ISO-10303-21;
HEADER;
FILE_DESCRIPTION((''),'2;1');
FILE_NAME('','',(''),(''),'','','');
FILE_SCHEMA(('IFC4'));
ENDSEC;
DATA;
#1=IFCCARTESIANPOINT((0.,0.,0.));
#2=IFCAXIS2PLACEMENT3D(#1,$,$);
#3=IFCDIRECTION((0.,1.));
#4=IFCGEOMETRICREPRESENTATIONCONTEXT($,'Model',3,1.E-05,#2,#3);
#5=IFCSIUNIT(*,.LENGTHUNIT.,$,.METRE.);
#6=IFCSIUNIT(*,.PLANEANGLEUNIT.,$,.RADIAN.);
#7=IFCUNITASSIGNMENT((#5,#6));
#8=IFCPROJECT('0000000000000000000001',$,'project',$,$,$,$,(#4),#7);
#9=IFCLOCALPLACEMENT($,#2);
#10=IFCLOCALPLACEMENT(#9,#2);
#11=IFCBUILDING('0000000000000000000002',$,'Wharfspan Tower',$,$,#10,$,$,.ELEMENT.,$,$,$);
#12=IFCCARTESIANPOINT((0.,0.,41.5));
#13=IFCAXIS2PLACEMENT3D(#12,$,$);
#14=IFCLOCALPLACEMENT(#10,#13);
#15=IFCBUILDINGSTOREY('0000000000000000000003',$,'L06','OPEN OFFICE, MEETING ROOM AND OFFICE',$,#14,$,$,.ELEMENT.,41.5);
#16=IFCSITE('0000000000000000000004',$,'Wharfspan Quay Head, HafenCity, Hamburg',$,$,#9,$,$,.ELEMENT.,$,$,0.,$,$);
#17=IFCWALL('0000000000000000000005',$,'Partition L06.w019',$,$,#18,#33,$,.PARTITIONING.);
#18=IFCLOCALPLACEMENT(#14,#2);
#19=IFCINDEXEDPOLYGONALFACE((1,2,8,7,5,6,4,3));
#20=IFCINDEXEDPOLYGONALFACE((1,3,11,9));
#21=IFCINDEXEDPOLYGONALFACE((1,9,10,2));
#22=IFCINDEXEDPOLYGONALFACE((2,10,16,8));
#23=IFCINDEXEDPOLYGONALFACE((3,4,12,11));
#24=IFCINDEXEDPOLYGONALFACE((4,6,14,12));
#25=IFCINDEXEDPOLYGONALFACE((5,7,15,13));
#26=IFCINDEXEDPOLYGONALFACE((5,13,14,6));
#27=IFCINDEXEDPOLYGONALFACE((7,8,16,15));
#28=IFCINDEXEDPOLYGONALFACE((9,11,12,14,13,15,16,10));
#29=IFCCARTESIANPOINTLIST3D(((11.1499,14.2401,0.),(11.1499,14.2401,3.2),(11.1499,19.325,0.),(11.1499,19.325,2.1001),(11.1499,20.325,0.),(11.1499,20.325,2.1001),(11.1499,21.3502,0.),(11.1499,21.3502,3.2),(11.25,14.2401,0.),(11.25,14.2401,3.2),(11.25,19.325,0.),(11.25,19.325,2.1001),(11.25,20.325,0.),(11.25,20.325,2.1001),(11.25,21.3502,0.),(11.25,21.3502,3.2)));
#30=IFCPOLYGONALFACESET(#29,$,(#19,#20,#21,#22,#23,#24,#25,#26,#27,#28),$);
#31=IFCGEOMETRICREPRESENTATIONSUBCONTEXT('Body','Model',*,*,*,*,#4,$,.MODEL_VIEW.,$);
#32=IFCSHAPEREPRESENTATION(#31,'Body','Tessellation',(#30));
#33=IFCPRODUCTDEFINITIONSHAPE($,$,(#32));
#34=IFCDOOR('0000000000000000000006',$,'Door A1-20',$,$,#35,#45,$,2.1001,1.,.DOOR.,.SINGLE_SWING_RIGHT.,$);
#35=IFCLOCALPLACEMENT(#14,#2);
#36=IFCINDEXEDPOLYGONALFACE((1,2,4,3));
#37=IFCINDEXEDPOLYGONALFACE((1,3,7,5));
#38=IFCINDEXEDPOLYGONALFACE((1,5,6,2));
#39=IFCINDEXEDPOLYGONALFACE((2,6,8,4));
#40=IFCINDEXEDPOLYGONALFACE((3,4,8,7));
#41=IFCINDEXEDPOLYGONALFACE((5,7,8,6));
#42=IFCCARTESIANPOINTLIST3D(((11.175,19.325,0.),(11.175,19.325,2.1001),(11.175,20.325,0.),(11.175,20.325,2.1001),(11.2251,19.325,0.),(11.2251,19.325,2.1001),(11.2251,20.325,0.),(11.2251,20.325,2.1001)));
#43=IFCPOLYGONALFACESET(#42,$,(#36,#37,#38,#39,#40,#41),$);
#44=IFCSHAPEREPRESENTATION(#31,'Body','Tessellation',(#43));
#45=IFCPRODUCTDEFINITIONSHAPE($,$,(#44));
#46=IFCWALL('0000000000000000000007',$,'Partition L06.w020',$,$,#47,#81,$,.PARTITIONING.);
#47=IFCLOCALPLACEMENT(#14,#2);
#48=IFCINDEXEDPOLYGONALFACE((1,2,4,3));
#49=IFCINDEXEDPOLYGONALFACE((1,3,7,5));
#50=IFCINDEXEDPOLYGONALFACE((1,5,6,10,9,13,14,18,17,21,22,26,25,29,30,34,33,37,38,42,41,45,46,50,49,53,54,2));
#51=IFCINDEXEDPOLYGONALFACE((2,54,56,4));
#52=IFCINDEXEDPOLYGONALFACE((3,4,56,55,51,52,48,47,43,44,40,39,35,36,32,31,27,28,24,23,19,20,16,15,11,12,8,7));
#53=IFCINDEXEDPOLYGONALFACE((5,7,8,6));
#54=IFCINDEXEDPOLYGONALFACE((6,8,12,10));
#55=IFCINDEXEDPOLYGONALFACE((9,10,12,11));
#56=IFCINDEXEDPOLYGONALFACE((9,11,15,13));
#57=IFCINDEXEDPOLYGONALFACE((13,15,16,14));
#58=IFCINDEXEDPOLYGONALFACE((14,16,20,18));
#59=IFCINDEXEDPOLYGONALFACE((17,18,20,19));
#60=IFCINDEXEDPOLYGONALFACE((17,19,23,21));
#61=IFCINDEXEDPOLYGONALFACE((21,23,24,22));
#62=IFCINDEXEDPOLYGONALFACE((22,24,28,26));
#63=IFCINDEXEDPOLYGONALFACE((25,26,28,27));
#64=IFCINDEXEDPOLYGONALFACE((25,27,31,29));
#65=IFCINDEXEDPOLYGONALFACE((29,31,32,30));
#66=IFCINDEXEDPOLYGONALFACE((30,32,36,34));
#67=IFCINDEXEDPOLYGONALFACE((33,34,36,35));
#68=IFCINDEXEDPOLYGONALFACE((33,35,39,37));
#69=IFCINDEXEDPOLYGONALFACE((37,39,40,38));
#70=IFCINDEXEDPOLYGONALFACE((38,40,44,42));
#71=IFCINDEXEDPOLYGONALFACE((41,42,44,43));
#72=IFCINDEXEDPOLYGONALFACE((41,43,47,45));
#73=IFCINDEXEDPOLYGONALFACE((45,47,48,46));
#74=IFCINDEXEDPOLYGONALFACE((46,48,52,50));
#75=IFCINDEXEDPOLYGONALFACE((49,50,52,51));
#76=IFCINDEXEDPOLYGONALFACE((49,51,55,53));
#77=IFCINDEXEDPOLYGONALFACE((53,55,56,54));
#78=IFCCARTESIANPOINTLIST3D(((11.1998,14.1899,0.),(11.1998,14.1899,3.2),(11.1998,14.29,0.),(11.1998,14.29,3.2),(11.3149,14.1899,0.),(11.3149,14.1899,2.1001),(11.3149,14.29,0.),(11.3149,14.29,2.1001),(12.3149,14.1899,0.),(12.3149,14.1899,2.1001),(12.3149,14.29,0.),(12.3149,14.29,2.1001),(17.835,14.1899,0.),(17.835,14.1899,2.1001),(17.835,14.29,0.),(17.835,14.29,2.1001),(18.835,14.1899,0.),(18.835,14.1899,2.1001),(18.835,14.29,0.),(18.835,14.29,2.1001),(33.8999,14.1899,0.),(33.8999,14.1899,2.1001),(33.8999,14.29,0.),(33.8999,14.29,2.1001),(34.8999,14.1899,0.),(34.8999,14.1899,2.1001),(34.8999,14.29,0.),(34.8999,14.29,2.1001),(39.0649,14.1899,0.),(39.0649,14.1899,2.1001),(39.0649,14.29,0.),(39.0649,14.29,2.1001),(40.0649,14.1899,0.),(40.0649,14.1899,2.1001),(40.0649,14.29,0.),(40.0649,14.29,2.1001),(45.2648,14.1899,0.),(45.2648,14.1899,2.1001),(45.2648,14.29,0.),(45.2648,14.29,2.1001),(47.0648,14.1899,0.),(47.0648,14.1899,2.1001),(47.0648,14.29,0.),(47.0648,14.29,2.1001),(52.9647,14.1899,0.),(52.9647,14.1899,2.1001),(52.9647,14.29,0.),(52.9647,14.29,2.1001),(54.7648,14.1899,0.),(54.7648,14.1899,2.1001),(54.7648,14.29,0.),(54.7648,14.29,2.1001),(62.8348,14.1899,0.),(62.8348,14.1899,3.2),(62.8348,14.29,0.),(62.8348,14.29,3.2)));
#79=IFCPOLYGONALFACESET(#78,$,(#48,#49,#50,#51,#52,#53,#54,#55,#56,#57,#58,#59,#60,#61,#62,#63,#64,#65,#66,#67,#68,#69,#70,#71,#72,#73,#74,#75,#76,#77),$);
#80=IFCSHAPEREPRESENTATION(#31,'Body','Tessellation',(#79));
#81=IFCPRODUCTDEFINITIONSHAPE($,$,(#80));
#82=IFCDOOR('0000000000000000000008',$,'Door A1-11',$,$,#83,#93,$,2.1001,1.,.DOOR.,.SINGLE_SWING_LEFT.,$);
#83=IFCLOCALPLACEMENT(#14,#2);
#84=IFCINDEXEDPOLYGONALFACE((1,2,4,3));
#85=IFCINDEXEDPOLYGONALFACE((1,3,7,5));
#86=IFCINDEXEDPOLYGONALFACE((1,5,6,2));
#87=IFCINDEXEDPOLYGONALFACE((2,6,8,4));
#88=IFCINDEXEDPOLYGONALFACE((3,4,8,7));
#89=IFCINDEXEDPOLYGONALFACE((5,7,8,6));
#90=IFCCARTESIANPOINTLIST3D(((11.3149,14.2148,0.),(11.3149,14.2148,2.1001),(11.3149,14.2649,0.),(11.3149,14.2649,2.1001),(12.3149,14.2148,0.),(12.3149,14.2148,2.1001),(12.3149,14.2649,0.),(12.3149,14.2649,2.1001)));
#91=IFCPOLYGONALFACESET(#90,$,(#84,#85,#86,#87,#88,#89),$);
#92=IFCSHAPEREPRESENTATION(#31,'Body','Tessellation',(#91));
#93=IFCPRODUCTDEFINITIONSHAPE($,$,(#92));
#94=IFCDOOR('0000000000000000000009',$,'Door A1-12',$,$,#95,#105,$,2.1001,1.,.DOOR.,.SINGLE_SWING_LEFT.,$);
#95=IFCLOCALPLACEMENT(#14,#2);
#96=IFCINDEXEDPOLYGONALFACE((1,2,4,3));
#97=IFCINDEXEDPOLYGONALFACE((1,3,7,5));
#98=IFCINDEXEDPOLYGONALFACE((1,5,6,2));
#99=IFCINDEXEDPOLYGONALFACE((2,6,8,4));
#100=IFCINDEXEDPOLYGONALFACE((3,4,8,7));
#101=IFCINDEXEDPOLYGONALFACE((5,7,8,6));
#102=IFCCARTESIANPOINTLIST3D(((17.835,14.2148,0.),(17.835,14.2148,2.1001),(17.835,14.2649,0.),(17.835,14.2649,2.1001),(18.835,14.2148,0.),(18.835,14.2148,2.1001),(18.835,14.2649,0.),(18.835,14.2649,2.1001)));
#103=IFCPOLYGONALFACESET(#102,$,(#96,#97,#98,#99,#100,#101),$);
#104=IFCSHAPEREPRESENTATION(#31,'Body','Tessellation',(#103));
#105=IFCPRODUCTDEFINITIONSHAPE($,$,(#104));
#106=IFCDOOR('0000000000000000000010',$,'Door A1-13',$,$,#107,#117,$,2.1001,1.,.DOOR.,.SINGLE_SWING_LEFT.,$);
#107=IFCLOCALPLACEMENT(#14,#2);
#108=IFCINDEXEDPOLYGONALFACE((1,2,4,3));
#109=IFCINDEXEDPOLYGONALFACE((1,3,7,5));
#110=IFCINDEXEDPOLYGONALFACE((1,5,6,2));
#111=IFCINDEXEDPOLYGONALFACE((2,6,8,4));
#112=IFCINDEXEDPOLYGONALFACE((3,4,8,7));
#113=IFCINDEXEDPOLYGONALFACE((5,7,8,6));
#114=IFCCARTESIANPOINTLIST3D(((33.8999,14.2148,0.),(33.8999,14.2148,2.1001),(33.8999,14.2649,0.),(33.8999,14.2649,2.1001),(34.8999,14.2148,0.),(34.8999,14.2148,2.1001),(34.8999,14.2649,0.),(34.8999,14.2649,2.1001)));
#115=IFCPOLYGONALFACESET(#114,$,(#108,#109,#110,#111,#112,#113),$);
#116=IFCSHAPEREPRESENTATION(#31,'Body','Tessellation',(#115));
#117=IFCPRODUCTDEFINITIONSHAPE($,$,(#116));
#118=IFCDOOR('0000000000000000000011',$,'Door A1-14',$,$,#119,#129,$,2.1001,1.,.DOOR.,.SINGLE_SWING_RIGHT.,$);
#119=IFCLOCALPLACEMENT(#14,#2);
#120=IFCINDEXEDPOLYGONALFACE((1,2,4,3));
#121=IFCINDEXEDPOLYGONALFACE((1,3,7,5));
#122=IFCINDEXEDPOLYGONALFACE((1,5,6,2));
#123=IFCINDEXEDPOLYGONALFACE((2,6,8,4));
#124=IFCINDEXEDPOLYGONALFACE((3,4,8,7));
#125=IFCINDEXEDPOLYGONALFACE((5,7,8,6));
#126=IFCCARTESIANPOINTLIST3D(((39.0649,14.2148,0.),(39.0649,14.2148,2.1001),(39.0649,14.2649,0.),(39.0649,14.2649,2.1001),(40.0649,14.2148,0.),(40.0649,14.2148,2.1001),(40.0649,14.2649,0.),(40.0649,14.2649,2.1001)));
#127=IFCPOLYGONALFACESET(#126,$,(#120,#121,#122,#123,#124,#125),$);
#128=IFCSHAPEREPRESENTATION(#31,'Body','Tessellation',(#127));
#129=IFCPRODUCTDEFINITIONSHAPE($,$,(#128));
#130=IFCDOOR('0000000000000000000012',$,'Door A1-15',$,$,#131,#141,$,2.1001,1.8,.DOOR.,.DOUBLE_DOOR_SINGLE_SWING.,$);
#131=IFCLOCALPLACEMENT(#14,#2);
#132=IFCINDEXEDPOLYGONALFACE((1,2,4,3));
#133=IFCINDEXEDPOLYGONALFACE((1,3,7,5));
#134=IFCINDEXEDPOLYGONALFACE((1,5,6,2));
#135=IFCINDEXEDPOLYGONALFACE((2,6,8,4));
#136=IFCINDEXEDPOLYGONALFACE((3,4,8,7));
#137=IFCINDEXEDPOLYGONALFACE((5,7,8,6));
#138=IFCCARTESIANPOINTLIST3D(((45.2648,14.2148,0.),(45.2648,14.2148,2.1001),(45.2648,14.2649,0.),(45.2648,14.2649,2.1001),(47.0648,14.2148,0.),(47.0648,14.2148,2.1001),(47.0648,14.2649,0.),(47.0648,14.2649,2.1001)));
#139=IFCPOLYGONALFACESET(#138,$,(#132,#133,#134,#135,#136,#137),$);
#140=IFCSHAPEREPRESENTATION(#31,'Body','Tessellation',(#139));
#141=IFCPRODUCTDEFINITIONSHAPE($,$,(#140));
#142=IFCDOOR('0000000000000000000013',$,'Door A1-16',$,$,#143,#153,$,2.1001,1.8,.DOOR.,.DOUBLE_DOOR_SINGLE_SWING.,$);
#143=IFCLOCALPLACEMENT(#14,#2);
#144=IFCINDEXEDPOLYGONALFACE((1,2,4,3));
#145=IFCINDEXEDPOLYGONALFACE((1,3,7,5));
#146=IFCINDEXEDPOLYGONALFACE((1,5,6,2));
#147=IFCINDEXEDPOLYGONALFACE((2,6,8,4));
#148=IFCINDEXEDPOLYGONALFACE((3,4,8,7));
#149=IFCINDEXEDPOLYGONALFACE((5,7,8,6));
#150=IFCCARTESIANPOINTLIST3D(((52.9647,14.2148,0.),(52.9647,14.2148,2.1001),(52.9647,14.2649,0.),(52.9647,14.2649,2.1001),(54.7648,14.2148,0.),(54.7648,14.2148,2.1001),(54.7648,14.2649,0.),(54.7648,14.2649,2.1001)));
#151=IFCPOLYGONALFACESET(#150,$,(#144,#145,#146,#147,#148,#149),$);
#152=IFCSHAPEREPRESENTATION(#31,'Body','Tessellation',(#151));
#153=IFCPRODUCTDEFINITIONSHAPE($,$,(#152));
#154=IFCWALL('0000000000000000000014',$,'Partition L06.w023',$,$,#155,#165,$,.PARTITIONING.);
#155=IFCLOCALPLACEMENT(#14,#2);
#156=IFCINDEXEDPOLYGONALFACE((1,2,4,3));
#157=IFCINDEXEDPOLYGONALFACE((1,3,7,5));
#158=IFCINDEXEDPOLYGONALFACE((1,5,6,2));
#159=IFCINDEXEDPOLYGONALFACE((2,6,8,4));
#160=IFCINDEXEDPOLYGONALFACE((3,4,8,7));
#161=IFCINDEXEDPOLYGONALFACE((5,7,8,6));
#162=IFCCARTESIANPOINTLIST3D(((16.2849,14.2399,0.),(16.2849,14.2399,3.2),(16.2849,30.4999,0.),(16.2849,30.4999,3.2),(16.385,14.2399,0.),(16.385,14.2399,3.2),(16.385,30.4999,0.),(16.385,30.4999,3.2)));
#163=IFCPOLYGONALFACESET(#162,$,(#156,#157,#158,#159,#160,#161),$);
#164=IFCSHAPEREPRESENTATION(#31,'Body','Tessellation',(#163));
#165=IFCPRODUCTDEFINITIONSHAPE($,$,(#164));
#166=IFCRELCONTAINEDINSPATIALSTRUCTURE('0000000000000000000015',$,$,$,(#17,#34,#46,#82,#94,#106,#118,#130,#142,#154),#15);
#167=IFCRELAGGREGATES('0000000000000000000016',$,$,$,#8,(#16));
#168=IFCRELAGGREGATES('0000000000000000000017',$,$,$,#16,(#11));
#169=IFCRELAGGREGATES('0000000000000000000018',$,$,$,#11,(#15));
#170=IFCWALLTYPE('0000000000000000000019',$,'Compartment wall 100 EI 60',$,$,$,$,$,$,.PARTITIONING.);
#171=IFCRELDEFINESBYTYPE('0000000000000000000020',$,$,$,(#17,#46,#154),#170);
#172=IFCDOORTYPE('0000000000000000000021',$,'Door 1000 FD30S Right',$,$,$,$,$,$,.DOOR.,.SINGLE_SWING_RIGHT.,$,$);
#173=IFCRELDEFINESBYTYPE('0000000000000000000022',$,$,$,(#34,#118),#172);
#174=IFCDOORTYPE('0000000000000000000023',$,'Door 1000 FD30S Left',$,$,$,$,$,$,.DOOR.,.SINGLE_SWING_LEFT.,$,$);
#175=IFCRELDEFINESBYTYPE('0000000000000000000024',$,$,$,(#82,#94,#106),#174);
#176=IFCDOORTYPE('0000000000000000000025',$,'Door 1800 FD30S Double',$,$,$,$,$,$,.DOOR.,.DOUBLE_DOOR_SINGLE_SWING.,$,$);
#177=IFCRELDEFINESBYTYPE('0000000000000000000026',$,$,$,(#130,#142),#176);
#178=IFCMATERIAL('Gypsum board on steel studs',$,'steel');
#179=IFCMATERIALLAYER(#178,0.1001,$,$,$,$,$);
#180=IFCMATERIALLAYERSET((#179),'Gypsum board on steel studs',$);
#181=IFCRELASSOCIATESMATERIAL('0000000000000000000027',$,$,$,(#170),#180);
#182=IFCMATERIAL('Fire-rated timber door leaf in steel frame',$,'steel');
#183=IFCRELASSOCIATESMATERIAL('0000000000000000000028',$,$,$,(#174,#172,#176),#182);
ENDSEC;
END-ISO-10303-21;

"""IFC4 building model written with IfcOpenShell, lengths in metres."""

from ifc_helpers import new_model, si_unit, direction, frame, frame_2d, origin, place, context, subcontext, project, spatial, rectangle, extrude, material, layer, layer_set, type_object, element, fill, save


model = new_model("IFC4")

# Units and contexts
model_context = context("Model", 3, precision=1e-05, world=origin(), true_north=direction((0.0, 1.0)))
body_context = subcontext(model_context, "Body", "Model", "MODEL_VIEW")
ifc_project = project(units=[si_unit("LENGTHUNIT", "METRE"), si_unit("PLANEANGLEUNIT", "RADIAN")], contexts=[model_context])

# Site, building, storey
site_placement = place(None, origin())
site = spatial("IfcSite", under=ifc_project, at=site_placement, Name="Wharfspan Quay Head, HafenCity, Hamburg", CompositionType="ELEMENT", RefElevation=0.0)
building_placement = place(site_placement, origin())
building = spatial("IfcBuilding", under=site, at=building_placement, Name="Wharfspan Tower", CompositionType="ELEMENT")
storey_placement = place(building_placement, frame((0.0, 0.0, 41.5)))
storey = spatial("IfcBuildingStorey", under=building, at=storey_placement, Name="L06", Description="OPEN OFFICE, MEETING ROOM AND OFFICE", CompositionType="ELEMENT", Elevation=41.5)

# Shared definitions
ifc_material_1 = material(Name="Gypsum board on steel studs", Category="steel")
ifc_layer_1 = layer(ifc_material_1, 0.1001)
ifc_layer_set_1 = layer_set([ifc_layer_1], Name="Gypsum board on steel studs")
wall_type = type_object("IfcWallType", Name="Compartment wall 100 EI 60", PredefinedType="PARTITIONING", material=ifc_layer_set_1)

# Shared definitions
ifc_material_2 = material(Name="Fire-rated timber door leaf in steel frame", Category="steel")
door_type_1 = type_object("IfcDoorType", Name="Door 1000 FD30S Left", OperationType="SINGLE_SWING_LEFT", PredefinedType="DOOR", material=ifc_material_2)

# Wall, opening, door
wall_1_placement = place(storey_placement, frame((11.2, 14.24, 0.0), z_axis=(0.0, 0.0, 1.0), x_axis=(0.0, 1.0, 0.0)))
wall_1 = element("IfcWall", 1, at=wall_1_placement, inside=storey, type_object=wall_type, Name="Partition L06.w019", PredefinedType="PARTITIONING", context=body_context, shape_type="SweptSolid", body=[
    extrude(rectangle(XDim=7.1101, YDim=0.1001, at=frame_2d((3.5552, 0.0))), origin(), (0.0, 0.0, 1.0), 3.2),
])
opening_1_placement = place(wall_1_placement, frame((5.085, 0.0, 0.0)))
opening_1 = element("IfcOpeningElement", 2, at=opening_1_placement, cuts=wall_1, PredefinedType="OPENING", context=body_context, shape_type="SweptSolid", body=[
    extrude(rectangle(XDim=1.0, YDim=2.1001, at=frame_2d((0.5, 1.05))), frame((0.0, 0.0601, 0.0), z_axis=(0.0, -1.0, 0.0), x_axis=(1.0, 0.0, 0.0)), (0.0, 0.0, 1.0), 0.1201),
])
door_type_2 = type_object("IfcDoorType", Name="Door 1000 FD30S Right", OperationType="SINGLE_SWING_RIGHT", PredefinedType="DOOR", material=ifc_material_2)
door_1_placement = place(opening_1_placement, origin())
door_1 = element("IfcDoor", 3, at=door_1_placement, inside=storey, type_object=door_type_2, Name="Door A1-20", OperationType="SINGLE_SWING_RIGHT", OverallHeight=2.1001, OverallWidth=1.0, PredefinedType="DOOR", context=body_context, shape_type="SweptSolid", body=[
    extrude(rectangle(XDim=1.0, YDim=2.1001, at=frame_2d((0.5, 1.05))), frame((0.0, 0.0249, 0.0), z_axis=(0.0, -1.0, 0.0), x_axis=(1.0, 0.0, 0.0)), (0.0, 0.0, 1.0), 0.05),
])
fill(opening_1, door_1)

# Wall, openings, doors
wall_2_placement = place(storey_placement, frame((11.2, 14.24, 0.0), z_axis=(0.0, 0.0, 1.0), x_axis=(1.0, 0.0, 0.0)))
wall_2 = element("IfcWall", 4, at=wall_2_placement, inside=storey, type_object=wall_type, Name="Partition L06.w020", PredefinedType="PARTITIONING", context=body_context, shape_type="SweptSolid", body=[
    extrude(rectangle(XDim=51.635, YDim=0.1001, at=frame_2d((25.8174, 0.0))), origin(), (0.0, 0.0, 1.0), 3.2),
])
opening_2_placement = place(wall_2_placement, frame((0.115, 0.0, 0.0)))
opening_2 = element("IfcOpeningElement", 5, at=opening_2_placement, cuts=wall_2, PredefinedType="OPENING", context=body_context, shape_type="SweptSolid", body=[
    extrude(rectangle(XDim=1.0, YDim=2.1001, at=frame_2d((0.5, 1.05))), frame((0.0, 0.0601, 0.0), z_axis=(0.0, -1.0, 0.0), x_axis=(1.0, 0.0, 0.0)), (0.0, 0.0, 1.0), 0.1201),
])
opening_3_placement = place(wall_2_placement, frame((6.635, 0.0, 0.0)))
opening_3 = element("IfcOpeningElement", 6, at=opening_3_placement, cuts=wall_2, PredefinedType="OPENING", context=body_context, shape_type="SweptSolid", body=[
    extrude(rectangle(XDim=1.0, YDim=2.1001, at=frame_2d((0.5, 1.05))), frame((0.0, 0.0601, 0.0), z_axis=(0.0, -1.0, 0.0), x_axis=(1.0, 0.0, 0.0)), (0.0, 0.0, 1.0), 0.1201),
])
opening_4_placement = place(wall_2_placement, frame((22.7, 0.0, 0.0)))
opening_4 = element("IfcOpeningElement", 7, at=opening_4_placement, cuts=wall_2, PredefinedType="OPENING", context=body_context, shape_type="SweptSolid", body=[
    extrude(rectangle(XDim=1.0, YDim=2.1001, at=frame_2d((0.5, 1.05))), frame((0.0, 0.0601, 0.0), z_axis=(0.0, -1.0, 0.0), x_axis=(1.0, 0.0, 0.0)), (0.0, 0.0, 1.0), 0.1201),
])
opening_5_placement = place(wall_2_placement, frame((27.865, 0.0, 0.0)))
opening_5 = element("IfcOpeningElement", 8, at=opening_5_placement, cuts=wall_2, PredefinedType="OPENING", context=body_context, shape_type="SweptSolid", body=[
    extrude(rectangle(XDim=1.0, YDim=2.1001, at=frame_2d((0.5, 1.05))), frame((0.0, 0.0601, 0.0), z_axis=(0.0, -1.0, 0.0), x_axis=(1.0, 0.0, 0.0)), (0.0, 0.0, 1.0), 0.1201),
])
opening_6_placement = place(wall_2_placement, frame((34.0649, 0.0, 0.0)))
opening_6 = element("IfcOpeningElement", 9, at=opening_6_placement, cuts=wall_2, PredefinedType="OPENING", context=body_context, shape_type="SweptSolid", body=[
    extrude(rectangle(XDim=1.8, YDim=2.1001, at=frame_2d((0.8999, 1.05))), frame((0.0, 0.0601, 0.0), z_axis=(0.0, -1.0, 0.0), x_axis=(1.0, 0.0, 0.0)), (0.0, 0.0, 1.0), 0.1201),
])
opening_7_placement = place(wall_2_placement, frame((41.7649, 0.0, 0.0)))
opening_7 = element("IfcOpeningElement", 10, at=opening_7_placement, cuts=wall_2, PredefinedType="OPENING", context=body_context, shape_type="SweptSolid", body=[
    extrude(rectangle(XDim=1.8, YDim=2.1001, at=frame_2d((0.8999, 1.05))), frame((0.0, 0.0601, 0.0), z_axis=(0.0, -1.0, 0.0), x_axis=(1.0, 0.0, 0.0)), (0.0, 0.0, 1.0), 0.1201),
])
door_2_placement = place(opening_2_placement, origin())
door_2 = element("IfcDoor", 11, at=door_2_placement, inside=storey, type_object=door_type_1, Name="Door A1-11", OperationType="SINGLE_SWING_LEFT", OverallHeight=2.1001, OverallWidth=1.0, PredefinedType="DOOR", context=body_context, shape_type="SweptSolid", body=[
    extrude(rectangle(XDim=1.0, YDim=2.1001, at=frame_2d((0.5, 1.05))), frame((0.0, 0.0249, 0.0), z_axis=(0.0, -1.0, 0.0), x_axis=(1.0, 0.0, 0.0)), (0.0, 0.0, 1.0), 0.05),
])
fill(opening_2, door_2)
door_3_placement = place(opening_3_placement, origin())
door_3 = element("IfcDoor", 12, at=door_3_placement, inside=storey, type_object=door_type_1, Name="Door A1-12", OperationType="SINGLE_SWING_LEFT", OverallHeight=2.1001, OverallWidth=1.0, PredefinedType="DOOR", context=body_context, shape_type="SweptSolid", body=[
    extrude(rectangle(XDim=1.0, YDim=2.1001, at=frame_2d((0.5, 1.05))), frame((0.0, 0.0249, 0.0), z_axis=(0.0, -1.0, 0.0), x_axis=(1.0, 0.0, 0.0)), (0.0, 0.0, 1.0), 0.05),
])
fill(opening_3, door_3)
door_4_placement = place(opening_4_placement, origin())
door_4 = element("IfcDoor", 13, at=door_4_placement, inside=storey, type_object=door_type_1, Name="Door A1-13", OperationType="SINGLE_SWING_LEFT", OverallHeight=2.1001, OverallWidth=1.0, PredefinedType="DOOR", context=body_context, shape_type="SweptSolid", body=[
    extrude(rectangle(XDim=1.0, YDim=2.1001, at=frame_2d((0.5, 1.05))), frame((0.0, 0.0249, 0.0), z_axis=(0.0, -1.0, 0.0), x_axis=(1.0, 0.0, 0.0)), (0.0, 0.0, 1.0), 0.05),
])
fill(opening_4, door_4)
door_5_placement = place(opening_5_placement, origin())
door_5 = element("IfcDoor", 14, at=door_5_placement, inside=storey, type_object=door_type_2, Name="Door A1-14", OperationType="SINGLE_SWING_RIGHT", OverallHeight=2.1001, OverallWidth=1.0, PredefinedType="DOOR", context=body_context, shape_type="SweptSolid", body=[
    extrude(rectangle(XDim=1.0, YDim=2.1001, at=frame_2d((0.5, 1.05))), frame((0.0, 0.0249, 0.0), z_axis=(0.0, -1.0, 0.0), x_axis=(1.0, 0.0, 0.0)), (0.0, 0.0, 1.0), 0.05),
])
fill(opening_5, door_5)
door_type_3 = type_object("IfcDoorType", Name="Door 1800 FD30S Double", OperationType="DOUBLE_DOOR_SINGLE_SWING", PredefinedType="DOOR", material=ifc_material_2)
door_6_placement = place(opening_6_placement, origin())
door_6 = element("IfcDoor", 15, at=door_6_placement, inside=storey, type_object=door_type_3, Name="Door A1-15", OperationType="DOUBLE_DOOR_SINGLE_SWING", OverallHeight=2.1001, OverallWidth=1.8, PredefinedType="DOOR", context=body_context, shape_type="SweptSolid", body=[
    extrude(rectangle(XDim=1.8, YDim=2.1001, at=frame_2d((0.8999, 1.05))), frame((0.0, 0.0249, 0.0), z_axis=(0.0, -1.0, 0.0), x_axis=(1.0, 0.0, 0.0)), (0.0, 0.0, 1.0), 0.05),
])
fill(opening_6, door_6)
door_7_placement = place(opening_7_placement, origin())
door_7 = element("IfcDoor", 16, at=door_7_placement, inside=storey, type_object=door_type_3, Name="Door A1-16", OperationType="DOUBLE_DOOR_SINGLE_SWING", OverallHeight=2.1001, OverallWidth=1.8, PredefinedType="DOOR", context=body_context, shape_type="SweptSolid", body=[
    extrude(rectangle(XDim=1.8, YDim=2.1001, at=frame_2d((0.8999, 1.05))), frame((0.0, 0.0249, 0.0), z_axis=(0.0, -1.0, 0.0), x_axis=(1.0, 0.0, 0.0)), (0.0, 0.0, 1.0), 0.05),
])
fill(opening_7, door_7)

# Wall
wall_3_placement = place(storey_placement, frame((16.335, 14.24, 0.0), z_axis=(0.0, 0.0, 1.0), x_axis=(0.0, 1.0, 0.0)))
element("IfcWall", 17, at=wall_3_placement, inside=storey, type_object=wall_type, Name="Partition L06.w023", PredefinedType="PARTITIONING", context=body_context, shape_type="SweptSolid", body=[
    extrude(rectangle(XDim=16.26, YDim=0.1001, at=frame_2d((8.1299, 0.0))), origin(), (0.0, 0.0, 1.0), 3.2),
])

save(model, "model.ifc")
